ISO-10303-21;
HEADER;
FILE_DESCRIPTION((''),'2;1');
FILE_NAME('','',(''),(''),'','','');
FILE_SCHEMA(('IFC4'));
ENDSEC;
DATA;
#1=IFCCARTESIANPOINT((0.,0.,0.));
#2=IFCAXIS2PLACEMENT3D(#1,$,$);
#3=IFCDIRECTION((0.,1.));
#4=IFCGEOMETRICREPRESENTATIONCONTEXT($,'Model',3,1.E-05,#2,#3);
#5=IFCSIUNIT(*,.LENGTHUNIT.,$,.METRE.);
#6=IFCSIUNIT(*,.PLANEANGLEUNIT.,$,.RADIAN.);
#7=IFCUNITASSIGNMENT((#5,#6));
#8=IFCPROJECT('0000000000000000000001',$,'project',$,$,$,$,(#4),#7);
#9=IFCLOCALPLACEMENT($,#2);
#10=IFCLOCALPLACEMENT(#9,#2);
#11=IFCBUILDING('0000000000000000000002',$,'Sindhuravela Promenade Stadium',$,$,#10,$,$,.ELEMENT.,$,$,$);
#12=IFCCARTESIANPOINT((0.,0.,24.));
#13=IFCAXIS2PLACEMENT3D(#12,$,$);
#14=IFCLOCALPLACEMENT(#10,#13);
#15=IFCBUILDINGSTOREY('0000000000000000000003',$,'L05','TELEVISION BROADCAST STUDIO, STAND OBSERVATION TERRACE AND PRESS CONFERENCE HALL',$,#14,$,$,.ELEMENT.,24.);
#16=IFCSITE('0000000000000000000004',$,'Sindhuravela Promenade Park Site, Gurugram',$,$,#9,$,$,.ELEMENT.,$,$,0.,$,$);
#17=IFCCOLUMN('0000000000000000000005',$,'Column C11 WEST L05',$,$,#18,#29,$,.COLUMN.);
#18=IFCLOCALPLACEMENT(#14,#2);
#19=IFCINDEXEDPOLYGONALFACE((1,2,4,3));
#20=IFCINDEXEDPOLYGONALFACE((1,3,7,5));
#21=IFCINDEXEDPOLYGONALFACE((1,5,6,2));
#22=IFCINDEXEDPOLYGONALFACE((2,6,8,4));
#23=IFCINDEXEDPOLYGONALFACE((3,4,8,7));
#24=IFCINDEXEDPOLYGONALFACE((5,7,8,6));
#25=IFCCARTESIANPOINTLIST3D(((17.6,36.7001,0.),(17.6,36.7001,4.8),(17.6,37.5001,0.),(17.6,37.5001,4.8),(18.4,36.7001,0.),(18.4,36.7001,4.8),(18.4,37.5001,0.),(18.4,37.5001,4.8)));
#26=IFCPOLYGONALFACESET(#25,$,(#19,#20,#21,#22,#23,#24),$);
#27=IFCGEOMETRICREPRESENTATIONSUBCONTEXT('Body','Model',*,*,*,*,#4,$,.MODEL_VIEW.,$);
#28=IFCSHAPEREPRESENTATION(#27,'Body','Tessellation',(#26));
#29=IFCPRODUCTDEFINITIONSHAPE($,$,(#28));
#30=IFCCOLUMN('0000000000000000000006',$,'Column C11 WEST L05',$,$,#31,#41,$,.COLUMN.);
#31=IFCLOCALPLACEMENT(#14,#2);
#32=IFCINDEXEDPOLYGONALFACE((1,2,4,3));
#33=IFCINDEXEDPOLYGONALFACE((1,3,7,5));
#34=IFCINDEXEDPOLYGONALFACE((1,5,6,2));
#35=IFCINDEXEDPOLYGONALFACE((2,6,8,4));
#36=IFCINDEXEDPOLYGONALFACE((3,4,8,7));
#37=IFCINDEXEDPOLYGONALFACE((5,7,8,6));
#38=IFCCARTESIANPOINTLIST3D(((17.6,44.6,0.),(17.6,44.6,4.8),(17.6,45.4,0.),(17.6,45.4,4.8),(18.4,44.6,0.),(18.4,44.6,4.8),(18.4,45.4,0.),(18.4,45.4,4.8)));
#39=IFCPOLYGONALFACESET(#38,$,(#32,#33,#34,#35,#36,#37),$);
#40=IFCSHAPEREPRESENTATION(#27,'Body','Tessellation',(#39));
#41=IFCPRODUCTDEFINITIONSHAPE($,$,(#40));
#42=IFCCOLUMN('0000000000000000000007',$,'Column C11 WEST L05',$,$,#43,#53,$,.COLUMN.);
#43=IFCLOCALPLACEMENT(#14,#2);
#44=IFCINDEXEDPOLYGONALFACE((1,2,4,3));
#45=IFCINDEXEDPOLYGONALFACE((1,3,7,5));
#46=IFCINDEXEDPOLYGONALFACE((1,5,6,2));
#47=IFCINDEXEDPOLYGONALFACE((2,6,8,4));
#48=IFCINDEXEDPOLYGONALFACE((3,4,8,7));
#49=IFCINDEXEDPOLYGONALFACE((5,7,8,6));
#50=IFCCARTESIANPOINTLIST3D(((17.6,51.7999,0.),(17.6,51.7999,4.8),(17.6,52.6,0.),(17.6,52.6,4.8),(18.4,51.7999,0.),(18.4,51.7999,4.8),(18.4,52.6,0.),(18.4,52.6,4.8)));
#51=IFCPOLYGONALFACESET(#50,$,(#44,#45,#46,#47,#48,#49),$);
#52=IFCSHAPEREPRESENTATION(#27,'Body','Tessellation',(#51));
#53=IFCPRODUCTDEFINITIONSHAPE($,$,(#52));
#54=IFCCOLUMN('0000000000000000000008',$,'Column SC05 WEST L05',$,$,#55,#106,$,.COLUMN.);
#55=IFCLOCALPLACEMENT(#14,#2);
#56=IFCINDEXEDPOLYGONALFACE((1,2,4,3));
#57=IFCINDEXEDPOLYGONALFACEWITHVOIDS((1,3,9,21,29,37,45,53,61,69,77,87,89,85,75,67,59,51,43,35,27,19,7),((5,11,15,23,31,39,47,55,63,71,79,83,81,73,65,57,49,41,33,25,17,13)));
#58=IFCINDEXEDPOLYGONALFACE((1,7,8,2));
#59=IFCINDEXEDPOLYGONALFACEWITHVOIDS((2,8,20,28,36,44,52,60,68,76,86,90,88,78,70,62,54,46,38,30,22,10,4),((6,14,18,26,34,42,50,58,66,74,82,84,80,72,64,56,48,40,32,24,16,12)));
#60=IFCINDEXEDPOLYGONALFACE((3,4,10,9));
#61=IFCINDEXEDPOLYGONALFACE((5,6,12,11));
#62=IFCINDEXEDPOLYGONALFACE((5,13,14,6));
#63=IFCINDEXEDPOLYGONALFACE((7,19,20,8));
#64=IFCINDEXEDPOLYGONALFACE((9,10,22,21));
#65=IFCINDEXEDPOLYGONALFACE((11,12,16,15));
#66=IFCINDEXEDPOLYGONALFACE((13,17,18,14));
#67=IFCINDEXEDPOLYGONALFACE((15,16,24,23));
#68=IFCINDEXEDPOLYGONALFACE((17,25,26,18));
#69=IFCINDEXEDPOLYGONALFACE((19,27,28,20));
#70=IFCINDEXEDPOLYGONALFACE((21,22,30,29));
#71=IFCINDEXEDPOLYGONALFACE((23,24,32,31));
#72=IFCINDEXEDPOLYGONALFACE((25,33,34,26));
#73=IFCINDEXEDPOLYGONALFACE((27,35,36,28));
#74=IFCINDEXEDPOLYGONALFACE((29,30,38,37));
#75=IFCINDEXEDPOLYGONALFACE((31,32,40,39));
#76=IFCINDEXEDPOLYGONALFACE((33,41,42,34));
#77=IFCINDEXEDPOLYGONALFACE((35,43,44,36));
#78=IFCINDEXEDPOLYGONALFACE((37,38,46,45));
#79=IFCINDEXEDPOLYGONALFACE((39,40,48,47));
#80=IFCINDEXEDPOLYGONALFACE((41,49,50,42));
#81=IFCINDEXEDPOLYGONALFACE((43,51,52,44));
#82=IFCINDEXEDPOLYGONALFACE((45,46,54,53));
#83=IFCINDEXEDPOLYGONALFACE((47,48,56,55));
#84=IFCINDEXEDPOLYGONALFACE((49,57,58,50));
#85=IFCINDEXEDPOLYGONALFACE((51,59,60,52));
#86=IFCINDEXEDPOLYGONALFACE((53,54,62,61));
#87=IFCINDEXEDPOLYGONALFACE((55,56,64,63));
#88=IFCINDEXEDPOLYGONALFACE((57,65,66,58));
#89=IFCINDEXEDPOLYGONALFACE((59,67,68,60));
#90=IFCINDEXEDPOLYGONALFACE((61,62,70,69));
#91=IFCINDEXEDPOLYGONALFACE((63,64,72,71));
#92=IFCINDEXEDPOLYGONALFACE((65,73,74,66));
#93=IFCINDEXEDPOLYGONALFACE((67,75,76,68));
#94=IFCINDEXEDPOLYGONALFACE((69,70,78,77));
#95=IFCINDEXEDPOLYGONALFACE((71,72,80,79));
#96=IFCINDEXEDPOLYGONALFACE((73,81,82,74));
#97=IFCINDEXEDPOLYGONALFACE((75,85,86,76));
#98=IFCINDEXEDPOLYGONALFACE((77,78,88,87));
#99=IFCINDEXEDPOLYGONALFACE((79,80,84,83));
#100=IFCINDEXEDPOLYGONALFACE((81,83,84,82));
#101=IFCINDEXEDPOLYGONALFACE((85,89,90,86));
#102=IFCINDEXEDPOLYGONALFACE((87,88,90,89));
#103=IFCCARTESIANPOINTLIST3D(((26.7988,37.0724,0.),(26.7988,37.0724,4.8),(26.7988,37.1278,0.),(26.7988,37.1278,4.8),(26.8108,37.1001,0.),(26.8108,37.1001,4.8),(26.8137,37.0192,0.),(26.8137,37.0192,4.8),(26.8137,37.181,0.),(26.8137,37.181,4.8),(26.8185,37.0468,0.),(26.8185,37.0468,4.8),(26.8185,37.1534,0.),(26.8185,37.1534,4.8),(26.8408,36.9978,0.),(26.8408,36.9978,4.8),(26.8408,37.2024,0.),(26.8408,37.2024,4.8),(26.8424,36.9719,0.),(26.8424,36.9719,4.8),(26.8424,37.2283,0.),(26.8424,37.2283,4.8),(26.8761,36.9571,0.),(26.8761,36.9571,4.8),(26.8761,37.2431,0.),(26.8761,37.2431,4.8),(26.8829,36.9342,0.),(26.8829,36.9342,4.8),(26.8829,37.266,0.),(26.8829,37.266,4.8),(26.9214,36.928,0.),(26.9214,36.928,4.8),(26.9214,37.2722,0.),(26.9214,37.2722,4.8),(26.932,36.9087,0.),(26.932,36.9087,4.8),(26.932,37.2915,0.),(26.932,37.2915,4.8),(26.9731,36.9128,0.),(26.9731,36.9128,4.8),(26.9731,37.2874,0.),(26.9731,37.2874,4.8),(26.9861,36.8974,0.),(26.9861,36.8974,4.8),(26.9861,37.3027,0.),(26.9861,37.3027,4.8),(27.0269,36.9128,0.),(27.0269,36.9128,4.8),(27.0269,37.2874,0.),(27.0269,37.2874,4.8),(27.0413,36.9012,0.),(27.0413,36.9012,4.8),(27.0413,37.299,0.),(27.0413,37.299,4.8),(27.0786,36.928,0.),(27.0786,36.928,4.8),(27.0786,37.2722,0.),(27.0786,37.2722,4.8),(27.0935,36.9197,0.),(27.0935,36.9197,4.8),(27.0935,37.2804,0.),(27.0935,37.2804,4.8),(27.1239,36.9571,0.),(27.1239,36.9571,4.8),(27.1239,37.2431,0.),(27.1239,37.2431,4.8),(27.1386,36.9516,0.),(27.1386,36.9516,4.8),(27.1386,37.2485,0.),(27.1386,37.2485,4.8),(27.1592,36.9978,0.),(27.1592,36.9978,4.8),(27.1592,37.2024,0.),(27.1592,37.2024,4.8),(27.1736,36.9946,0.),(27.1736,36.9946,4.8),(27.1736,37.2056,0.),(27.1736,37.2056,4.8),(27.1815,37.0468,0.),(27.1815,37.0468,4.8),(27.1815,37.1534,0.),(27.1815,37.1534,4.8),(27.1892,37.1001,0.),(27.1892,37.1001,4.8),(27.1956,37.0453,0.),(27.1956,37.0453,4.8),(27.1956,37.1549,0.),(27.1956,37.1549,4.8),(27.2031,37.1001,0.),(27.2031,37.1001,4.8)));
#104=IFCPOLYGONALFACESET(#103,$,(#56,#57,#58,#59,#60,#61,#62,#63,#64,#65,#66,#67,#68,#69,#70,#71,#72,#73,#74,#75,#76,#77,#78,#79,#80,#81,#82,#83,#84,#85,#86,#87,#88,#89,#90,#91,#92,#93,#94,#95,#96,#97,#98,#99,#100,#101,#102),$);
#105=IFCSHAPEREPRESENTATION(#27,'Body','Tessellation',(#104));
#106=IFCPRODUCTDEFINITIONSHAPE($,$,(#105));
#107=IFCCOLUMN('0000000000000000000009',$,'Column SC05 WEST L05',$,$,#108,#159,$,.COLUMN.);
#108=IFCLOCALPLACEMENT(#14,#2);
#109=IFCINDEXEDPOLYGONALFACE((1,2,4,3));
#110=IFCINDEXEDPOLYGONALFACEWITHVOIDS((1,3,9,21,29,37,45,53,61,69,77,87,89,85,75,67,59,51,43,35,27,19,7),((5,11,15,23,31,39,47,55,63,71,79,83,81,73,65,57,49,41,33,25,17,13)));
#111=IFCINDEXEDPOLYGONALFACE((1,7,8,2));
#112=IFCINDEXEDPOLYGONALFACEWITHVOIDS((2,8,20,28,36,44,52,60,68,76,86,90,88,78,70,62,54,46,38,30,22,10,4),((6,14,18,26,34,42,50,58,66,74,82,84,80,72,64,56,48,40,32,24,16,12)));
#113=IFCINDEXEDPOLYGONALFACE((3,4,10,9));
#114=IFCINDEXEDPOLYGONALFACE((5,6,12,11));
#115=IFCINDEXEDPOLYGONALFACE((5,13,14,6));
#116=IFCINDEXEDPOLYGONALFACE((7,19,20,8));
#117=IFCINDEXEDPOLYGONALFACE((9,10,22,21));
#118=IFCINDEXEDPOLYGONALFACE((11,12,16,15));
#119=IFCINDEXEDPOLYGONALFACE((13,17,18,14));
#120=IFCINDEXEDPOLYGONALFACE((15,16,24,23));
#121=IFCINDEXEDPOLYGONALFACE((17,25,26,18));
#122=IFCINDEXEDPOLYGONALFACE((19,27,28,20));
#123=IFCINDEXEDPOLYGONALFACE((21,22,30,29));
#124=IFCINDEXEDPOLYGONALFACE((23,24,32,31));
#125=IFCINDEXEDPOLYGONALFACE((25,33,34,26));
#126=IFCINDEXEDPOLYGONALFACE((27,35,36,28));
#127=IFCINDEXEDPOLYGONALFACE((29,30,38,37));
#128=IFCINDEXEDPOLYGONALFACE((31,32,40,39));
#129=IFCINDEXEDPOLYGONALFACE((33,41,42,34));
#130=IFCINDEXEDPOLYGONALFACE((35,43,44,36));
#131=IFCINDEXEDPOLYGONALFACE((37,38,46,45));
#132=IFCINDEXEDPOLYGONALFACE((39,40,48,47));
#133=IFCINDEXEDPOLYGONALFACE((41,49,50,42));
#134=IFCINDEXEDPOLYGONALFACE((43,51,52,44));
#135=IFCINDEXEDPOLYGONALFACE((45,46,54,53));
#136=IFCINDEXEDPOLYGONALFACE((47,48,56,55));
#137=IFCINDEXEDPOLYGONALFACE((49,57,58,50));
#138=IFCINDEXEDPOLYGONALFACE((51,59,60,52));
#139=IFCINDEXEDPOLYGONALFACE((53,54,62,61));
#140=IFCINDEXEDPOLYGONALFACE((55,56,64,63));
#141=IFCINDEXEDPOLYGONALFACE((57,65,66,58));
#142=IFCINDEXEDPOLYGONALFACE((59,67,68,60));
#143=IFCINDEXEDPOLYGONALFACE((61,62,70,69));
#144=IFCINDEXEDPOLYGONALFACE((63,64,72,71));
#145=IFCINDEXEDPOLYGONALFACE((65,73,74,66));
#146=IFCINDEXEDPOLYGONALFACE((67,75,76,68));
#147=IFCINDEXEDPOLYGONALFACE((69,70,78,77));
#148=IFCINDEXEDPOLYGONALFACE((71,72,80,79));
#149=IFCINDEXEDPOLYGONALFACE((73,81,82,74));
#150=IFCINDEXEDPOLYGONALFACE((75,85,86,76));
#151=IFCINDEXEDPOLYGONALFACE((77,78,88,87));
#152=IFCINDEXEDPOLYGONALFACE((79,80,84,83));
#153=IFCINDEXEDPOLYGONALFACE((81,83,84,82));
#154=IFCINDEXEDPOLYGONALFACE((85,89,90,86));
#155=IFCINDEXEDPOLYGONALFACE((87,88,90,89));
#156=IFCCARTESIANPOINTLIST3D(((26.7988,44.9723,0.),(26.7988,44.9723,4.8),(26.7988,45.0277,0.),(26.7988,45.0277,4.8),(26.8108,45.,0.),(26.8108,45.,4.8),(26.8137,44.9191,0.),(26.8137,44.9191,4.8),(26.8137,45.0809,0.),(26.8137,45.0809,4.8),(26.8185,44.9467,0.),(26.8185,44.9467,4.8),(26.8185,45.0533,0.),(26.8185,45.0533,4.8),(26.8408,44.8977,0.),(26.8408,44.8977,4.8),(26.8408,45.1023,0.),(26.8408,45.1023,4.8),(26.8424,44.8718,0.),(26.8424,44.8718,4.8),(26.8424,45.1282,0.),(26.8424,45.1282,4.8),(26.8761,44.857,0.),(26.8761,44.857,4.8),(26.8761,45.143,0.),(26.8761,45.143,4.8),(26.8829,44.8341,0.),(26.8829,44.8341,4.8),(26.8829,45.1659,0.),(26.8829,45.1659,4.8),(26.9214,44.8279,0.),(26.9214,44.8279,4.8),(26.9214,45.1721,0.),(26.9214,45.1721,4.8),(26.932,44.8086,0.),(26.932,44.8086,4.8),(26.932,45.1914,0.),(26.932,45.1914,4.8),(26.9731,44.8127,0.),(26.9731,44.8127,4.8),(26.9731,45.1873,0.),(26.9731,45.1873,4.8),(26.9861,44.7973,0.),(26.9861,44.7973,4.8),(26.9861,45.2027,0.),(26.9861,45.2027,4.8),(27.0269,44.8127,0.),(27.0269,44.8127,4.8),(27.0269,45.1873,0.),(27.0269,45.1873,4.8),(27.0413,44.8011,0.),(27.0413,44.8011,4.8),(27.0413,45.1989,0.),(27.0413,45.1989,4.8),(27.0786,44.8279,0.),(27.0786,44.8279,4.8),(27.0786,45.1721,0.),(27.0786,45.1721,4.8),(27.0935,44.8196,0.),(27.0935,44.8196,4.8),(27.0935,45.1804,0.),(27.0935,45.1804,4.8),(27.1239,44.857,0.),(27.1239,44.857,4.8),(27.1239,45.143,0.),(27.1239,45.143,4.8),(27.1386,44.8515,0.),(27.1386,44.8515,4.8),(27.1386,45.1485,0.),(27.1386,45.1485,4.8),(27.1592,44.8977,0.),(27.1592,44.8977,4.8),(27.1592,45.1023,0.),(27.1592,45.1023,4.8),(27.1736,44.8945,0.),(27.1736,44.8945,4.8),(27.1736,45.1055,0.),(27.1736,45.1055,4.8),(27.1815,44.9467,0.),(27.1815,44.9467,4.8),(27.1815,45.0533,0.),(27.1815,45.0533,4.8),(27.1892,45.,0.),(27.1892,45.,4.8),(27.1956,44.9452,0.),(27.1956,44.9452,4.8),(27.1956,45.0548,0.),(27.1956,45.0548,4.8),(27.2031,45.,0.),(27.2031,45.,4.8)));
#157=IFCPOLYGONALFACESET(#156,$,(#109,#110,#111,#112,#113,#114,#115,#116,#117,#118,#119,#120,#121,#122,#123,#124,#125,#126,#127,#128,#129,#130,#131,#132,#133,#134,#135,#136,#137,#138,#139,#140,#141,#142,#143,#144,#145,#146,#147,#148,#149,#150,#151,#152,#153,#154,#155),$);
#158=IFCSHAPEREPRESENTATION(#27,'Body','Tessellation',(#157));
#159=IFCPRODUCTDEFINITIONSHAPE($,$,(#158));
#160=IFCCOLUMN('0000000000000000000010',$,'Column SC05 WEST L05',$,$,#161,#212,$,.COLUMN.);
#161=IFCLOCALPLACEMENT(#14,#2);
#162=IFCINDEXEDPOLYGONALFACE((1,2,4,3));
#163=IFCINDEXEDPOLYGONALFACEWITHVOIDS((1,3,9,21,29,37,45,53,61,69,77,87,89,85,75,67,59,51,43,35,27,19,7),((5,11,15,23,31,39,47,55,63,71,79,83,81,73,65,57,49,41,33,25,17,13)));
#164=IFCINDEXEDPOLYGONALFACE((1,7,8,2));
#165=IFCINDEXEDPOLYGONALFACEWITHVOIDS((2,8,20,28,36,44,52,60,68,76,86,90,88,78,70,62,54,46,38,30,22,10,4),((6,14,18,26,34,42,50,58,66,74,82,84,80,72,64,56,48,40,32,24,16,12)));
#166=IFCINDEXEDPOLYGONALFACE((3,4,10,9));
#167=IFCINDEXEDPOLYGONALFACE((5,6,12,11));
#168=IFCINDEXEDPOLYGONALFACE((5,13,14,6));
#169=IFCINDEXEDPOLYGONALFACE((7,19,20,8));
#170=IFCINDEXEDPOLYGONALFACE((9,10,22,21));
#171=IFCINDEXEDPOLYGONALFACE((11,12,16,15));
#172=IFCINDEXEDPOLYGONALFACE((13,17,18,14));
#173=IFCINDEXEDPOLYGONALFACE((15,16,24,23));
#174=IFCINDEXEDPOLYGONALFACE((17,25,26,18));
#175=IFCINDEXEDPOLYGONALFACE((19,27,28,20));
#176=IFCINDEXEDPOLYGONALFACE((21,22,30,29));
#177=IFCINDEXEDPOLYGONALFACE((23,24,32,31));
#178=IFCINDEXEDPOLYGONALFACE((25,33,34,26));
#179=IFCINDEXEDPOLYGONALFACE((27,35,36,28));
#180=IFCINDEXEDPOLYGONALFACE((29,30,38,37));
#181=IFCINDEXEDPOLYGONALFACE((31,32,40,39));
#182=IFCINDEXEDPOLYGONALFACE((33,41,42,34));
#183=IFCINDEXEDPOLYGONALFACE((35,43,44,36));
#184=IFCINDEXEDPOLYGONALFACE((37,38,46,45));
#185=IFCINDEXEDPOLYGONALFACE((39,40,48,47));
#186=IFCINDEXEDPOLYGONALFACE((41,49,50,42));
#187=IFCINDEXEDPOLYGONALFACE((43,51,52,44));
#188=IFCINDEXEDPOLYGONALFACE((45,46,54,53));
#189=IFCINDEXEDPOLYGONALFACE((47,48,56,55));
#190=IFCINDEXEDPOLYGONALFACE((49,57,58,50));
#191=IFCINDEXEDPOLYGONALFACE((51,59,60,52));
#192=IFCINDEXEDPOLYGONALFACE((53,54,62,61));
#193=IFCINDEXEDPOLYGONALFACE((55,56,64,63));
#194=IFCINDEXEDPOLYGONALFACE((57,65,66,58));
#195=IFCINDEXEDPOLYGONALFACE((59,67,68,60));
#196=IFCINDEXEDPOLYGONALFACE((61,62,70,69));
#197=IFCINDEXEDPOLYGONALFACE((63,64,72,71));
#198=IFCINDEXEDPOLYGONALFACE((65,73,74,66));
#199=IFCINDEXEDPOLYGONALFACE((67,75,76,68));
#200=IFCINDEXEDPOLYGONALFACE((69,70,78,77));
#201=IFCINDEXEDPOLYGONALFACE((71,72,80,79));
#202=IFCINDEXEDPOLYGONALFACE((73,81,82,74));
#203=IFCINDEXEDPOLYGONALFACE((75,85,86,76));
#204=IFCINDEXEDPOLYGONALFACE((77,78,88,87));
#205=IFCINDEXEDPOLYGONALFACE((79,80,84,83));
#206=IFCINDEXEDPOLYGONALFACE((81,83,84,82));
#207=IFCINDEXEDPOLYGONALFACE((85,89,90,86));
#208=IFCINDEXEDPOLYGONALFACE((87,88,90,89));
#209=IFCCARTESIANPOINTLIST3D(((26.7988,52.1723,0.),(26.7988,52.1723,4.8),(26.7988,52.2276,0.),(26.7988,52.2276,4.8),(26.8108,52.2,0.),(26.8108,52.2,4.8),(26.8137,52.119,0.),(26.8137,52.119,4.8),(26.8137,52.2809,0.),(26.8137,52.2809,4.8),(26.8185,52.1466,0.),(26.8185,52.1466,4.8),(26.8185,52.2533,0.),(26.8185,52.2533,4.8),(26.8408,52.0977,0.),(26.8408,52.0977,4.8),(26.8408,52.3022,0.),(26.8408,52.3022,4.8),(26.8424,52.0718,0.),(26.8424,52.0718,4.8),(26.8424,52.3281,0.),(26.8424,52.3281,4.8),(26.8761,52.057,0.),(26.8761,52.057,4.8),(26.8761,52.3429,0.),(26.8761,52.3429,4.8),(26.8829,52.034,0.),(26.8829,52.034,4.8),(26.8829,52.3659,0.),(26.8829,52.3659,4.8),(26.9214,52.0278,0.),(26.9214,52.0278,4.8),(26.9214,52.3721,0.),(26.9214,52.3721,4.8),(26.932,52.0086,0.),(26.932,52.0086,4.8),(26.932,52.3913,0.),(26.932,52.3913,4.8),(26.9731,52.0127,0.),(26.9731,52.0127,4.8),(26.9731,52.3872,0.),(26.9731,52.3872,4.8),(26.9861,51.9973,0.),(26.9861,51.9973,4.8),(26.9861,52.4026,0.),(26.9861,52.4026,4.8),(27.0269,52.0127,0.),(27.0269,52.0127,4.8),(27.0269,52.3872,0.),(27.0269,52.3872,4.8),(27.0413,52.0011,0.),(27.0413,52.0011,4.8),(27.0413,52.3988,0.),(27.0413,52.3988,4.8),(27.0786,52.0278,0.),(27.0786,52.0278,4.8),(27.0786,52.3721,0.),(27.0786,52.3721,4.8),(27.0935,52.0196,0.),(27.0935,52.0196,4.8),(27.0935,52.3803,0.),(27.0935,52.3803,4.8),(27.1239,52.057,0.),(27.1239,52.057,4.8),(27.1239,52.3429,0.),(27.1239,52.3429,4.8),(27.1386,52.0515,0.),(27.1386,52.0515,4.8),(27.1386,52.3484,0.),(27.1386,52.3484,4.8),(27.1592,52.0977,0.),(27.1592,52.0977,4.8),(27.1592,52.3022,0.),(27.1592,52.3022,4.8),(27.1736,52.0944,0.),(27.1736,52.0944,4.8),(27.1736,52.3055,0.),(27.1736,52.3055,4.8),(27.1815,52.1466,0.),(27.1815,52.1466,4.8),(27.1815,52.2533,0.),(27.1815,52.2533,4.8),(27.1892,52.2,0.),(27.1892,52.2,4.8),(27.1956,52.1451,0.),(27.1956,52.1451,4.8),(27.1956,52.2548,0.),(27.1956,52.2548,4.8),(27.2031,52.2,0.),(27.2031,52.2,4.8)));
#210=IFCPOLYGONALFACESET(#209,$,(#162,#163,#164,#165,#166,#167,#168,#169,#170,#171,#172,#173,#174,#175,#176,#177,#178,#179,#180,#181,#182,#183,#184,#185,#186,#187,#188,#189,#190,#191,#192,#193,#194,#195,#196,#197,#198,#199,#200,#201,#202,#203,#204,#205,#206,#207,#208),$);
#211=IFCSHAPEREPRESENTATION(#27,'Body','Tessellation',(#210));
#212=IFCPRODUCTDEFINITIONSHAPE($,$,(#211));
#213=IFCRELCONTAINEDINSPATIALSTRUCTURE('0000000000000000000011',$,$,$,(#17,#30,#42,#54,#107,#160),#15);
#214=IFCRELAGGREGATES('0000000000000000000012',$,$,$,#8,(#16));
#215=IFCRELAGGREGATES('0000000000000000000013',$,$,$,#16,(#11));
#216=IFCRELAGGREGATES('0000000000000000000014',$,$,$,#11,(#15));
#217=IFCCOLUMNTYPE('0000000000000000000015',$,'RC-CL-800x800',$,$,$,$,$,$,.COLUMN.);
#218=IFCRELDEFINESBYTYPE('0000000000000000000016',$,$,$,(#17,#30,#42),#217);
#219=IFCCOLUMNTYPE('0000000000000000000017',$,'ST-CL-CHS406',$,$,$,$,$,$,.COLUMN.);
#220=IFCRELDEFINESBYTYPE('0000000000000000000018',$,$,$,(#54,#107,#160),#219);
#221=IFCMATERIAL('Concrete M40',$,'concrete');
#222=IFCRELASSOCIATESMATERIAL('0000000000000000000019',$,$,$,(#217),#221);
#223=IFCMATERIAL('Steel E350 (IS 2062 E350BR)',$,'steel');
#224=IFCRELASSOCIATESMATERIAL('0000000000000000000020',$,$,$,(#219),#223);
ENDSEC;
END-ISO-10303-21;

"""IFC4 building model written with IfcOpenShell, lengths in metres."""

from ifc_helpers import new_model, si_unit, direction, frame, origin, origin_2d, place, context, subcontext, project, spatial, rectangle, hollow_circle, extrude, material, material_profile, profile_set, type_object, element, save


model = new_model("IFC4")

# Units and contexts
model_context = context("Model", 3, precision=1e-05, world=origin(), true_north=direction((0.0, 1.0)))
body_context = subcontext(model_context, "Body", "Model", "MODEL_VIEW")
ifc_project = project(units=[si_unit("LENGTHUNIT", "METRE"), si_unit("PLANEANGLEUNIT", "RADIAN")], contexts=[model_context])

# Site, building, storey
site_placement = place(None, origin())
site = spatial("IfcSite", under=ifc_project, at=site_placement, Name="Sindhuravela Promenade Park Site, Gurugram", CompositionType="ELEMENT", RefElevation=0.0)
building_placement = place(site_placement, origin())
building = spatial("IfcBuilding", under=site, at=building_placement, Name="Sindhuravela Promenade Stadium", CompositionType="ELEMENT")
storey_placement = place(building_placement, frame((0.0, 0.0, 24.0)))
storey = spatial("IfcBuildingStorey", under=building, at=storey_placement, Name="L05", Description="TELEVISION BROADCAST STUDIO, STAND OBSERVATION TERRACE AND PRESS CONFERENCE HALL", CompositionType="ELEMENT", Elevation=24.0)

# Columns
ifc_material_1 = material(Name="Concrete M40", Category="concrete")
ifc_material_profile_1 = material_profile(ifc_material_1, rectangle(XDim=0.8, YDim=0.8, at=origin_2d()), Name="RC 800x800")
ifc_profile_set_1 = profile_set([ifc_material_profile_1], Name="Concrete M40")
column_type_1 = type_object("IfcColumnType", Name="RC-CL-800x800", PredefinedType="COLUMN", material=ifc_profile_set_1)
for number, where, z_axis, x_axis, name in (
    (1, (18.0, 37.1001, 0.0), (0.0, 0.0, 1.0), (1.0, 0.0, 0.0), "Column C11 WEST L05"),
    (2, (18.0, 45.0, 0.0), (0.0, 0.0, 1.0), (1.0, 0.0, 0.0), "Column C11 WEST L05"),
    (3, (18.0, 52.2, 0.0), (0.0, 0.0, 1.0), (1.0, 0.0, 0.0), "Column C11 WEST L05"),
):
    element("IfcColumn", number, at=place(storey_placement, frame(where, z_axis=z_axis, x_axis=x_axis)), inside=storey, type_object=column_type_1, Name=name, PredefinedType="COLUMN", context=body_context, shape_type="SweptSolid", body=[
        extrude(rectangle(XDim=0.8, YDim=0.8, at=origin_2d()), origin(), (0.0, 0.0, 1.0), 4.8),
    ])
ifc_material_2 = material(Name="Steel E350 (IS 2062 E350BR)", Category="steel")
ifc_material_profile_2 = material_profile(ifc_material_2, hollow_circle(Radius=0.2031, WallThickness=0.0139, at=origin_2d()), Name="CHS 406.4x14")
ifc_profile_set_2 = profile_set([ifc_material_profile_2], Name="Steel E350 (IS 2062 E350BR)")
column_type_2 = type_object("IfcColumnType", Name="ST-CL-CHS406", PredefinedType="COLUMN", material=ifc_profile_set_2)
for number, where, z_axis, x_axis, name in (
    (4, (27.0, 37.1001, 0.0), (0.0, 0.0, 1.0), (1.0, 0.0, 0.0), "Column SC05 WEST L05"),
    (5, (27.0, 45.0, 0.0), (0.0, 0.0, 1.0), (1.0, 0.0, 0.0), "Column SC05 WEST L05"),
    (6, (27.0, 52.2, 0.0), (0.0, 0.0, 1.0), (1.0, 0.0, 0.0), "Column SC05 WEST L05"),
):
    element("IfcColumn", number, at=place(storey_placement, frame(where, z_axis=z_axis, x_axis=x_axis)), inside=storey, type_object=column_type_2, Name=name, PredefinedType="COLUMN", context=body_context, shape_type="SweptSolid", body=[
        extrude(hollow_circle(Radius=0.2031, WallThickness=0.0139, at=origin_2d()), origin(), (0.0, 0.0, 1.0), 4.8),
    ])

save(model, "model.ifc")
